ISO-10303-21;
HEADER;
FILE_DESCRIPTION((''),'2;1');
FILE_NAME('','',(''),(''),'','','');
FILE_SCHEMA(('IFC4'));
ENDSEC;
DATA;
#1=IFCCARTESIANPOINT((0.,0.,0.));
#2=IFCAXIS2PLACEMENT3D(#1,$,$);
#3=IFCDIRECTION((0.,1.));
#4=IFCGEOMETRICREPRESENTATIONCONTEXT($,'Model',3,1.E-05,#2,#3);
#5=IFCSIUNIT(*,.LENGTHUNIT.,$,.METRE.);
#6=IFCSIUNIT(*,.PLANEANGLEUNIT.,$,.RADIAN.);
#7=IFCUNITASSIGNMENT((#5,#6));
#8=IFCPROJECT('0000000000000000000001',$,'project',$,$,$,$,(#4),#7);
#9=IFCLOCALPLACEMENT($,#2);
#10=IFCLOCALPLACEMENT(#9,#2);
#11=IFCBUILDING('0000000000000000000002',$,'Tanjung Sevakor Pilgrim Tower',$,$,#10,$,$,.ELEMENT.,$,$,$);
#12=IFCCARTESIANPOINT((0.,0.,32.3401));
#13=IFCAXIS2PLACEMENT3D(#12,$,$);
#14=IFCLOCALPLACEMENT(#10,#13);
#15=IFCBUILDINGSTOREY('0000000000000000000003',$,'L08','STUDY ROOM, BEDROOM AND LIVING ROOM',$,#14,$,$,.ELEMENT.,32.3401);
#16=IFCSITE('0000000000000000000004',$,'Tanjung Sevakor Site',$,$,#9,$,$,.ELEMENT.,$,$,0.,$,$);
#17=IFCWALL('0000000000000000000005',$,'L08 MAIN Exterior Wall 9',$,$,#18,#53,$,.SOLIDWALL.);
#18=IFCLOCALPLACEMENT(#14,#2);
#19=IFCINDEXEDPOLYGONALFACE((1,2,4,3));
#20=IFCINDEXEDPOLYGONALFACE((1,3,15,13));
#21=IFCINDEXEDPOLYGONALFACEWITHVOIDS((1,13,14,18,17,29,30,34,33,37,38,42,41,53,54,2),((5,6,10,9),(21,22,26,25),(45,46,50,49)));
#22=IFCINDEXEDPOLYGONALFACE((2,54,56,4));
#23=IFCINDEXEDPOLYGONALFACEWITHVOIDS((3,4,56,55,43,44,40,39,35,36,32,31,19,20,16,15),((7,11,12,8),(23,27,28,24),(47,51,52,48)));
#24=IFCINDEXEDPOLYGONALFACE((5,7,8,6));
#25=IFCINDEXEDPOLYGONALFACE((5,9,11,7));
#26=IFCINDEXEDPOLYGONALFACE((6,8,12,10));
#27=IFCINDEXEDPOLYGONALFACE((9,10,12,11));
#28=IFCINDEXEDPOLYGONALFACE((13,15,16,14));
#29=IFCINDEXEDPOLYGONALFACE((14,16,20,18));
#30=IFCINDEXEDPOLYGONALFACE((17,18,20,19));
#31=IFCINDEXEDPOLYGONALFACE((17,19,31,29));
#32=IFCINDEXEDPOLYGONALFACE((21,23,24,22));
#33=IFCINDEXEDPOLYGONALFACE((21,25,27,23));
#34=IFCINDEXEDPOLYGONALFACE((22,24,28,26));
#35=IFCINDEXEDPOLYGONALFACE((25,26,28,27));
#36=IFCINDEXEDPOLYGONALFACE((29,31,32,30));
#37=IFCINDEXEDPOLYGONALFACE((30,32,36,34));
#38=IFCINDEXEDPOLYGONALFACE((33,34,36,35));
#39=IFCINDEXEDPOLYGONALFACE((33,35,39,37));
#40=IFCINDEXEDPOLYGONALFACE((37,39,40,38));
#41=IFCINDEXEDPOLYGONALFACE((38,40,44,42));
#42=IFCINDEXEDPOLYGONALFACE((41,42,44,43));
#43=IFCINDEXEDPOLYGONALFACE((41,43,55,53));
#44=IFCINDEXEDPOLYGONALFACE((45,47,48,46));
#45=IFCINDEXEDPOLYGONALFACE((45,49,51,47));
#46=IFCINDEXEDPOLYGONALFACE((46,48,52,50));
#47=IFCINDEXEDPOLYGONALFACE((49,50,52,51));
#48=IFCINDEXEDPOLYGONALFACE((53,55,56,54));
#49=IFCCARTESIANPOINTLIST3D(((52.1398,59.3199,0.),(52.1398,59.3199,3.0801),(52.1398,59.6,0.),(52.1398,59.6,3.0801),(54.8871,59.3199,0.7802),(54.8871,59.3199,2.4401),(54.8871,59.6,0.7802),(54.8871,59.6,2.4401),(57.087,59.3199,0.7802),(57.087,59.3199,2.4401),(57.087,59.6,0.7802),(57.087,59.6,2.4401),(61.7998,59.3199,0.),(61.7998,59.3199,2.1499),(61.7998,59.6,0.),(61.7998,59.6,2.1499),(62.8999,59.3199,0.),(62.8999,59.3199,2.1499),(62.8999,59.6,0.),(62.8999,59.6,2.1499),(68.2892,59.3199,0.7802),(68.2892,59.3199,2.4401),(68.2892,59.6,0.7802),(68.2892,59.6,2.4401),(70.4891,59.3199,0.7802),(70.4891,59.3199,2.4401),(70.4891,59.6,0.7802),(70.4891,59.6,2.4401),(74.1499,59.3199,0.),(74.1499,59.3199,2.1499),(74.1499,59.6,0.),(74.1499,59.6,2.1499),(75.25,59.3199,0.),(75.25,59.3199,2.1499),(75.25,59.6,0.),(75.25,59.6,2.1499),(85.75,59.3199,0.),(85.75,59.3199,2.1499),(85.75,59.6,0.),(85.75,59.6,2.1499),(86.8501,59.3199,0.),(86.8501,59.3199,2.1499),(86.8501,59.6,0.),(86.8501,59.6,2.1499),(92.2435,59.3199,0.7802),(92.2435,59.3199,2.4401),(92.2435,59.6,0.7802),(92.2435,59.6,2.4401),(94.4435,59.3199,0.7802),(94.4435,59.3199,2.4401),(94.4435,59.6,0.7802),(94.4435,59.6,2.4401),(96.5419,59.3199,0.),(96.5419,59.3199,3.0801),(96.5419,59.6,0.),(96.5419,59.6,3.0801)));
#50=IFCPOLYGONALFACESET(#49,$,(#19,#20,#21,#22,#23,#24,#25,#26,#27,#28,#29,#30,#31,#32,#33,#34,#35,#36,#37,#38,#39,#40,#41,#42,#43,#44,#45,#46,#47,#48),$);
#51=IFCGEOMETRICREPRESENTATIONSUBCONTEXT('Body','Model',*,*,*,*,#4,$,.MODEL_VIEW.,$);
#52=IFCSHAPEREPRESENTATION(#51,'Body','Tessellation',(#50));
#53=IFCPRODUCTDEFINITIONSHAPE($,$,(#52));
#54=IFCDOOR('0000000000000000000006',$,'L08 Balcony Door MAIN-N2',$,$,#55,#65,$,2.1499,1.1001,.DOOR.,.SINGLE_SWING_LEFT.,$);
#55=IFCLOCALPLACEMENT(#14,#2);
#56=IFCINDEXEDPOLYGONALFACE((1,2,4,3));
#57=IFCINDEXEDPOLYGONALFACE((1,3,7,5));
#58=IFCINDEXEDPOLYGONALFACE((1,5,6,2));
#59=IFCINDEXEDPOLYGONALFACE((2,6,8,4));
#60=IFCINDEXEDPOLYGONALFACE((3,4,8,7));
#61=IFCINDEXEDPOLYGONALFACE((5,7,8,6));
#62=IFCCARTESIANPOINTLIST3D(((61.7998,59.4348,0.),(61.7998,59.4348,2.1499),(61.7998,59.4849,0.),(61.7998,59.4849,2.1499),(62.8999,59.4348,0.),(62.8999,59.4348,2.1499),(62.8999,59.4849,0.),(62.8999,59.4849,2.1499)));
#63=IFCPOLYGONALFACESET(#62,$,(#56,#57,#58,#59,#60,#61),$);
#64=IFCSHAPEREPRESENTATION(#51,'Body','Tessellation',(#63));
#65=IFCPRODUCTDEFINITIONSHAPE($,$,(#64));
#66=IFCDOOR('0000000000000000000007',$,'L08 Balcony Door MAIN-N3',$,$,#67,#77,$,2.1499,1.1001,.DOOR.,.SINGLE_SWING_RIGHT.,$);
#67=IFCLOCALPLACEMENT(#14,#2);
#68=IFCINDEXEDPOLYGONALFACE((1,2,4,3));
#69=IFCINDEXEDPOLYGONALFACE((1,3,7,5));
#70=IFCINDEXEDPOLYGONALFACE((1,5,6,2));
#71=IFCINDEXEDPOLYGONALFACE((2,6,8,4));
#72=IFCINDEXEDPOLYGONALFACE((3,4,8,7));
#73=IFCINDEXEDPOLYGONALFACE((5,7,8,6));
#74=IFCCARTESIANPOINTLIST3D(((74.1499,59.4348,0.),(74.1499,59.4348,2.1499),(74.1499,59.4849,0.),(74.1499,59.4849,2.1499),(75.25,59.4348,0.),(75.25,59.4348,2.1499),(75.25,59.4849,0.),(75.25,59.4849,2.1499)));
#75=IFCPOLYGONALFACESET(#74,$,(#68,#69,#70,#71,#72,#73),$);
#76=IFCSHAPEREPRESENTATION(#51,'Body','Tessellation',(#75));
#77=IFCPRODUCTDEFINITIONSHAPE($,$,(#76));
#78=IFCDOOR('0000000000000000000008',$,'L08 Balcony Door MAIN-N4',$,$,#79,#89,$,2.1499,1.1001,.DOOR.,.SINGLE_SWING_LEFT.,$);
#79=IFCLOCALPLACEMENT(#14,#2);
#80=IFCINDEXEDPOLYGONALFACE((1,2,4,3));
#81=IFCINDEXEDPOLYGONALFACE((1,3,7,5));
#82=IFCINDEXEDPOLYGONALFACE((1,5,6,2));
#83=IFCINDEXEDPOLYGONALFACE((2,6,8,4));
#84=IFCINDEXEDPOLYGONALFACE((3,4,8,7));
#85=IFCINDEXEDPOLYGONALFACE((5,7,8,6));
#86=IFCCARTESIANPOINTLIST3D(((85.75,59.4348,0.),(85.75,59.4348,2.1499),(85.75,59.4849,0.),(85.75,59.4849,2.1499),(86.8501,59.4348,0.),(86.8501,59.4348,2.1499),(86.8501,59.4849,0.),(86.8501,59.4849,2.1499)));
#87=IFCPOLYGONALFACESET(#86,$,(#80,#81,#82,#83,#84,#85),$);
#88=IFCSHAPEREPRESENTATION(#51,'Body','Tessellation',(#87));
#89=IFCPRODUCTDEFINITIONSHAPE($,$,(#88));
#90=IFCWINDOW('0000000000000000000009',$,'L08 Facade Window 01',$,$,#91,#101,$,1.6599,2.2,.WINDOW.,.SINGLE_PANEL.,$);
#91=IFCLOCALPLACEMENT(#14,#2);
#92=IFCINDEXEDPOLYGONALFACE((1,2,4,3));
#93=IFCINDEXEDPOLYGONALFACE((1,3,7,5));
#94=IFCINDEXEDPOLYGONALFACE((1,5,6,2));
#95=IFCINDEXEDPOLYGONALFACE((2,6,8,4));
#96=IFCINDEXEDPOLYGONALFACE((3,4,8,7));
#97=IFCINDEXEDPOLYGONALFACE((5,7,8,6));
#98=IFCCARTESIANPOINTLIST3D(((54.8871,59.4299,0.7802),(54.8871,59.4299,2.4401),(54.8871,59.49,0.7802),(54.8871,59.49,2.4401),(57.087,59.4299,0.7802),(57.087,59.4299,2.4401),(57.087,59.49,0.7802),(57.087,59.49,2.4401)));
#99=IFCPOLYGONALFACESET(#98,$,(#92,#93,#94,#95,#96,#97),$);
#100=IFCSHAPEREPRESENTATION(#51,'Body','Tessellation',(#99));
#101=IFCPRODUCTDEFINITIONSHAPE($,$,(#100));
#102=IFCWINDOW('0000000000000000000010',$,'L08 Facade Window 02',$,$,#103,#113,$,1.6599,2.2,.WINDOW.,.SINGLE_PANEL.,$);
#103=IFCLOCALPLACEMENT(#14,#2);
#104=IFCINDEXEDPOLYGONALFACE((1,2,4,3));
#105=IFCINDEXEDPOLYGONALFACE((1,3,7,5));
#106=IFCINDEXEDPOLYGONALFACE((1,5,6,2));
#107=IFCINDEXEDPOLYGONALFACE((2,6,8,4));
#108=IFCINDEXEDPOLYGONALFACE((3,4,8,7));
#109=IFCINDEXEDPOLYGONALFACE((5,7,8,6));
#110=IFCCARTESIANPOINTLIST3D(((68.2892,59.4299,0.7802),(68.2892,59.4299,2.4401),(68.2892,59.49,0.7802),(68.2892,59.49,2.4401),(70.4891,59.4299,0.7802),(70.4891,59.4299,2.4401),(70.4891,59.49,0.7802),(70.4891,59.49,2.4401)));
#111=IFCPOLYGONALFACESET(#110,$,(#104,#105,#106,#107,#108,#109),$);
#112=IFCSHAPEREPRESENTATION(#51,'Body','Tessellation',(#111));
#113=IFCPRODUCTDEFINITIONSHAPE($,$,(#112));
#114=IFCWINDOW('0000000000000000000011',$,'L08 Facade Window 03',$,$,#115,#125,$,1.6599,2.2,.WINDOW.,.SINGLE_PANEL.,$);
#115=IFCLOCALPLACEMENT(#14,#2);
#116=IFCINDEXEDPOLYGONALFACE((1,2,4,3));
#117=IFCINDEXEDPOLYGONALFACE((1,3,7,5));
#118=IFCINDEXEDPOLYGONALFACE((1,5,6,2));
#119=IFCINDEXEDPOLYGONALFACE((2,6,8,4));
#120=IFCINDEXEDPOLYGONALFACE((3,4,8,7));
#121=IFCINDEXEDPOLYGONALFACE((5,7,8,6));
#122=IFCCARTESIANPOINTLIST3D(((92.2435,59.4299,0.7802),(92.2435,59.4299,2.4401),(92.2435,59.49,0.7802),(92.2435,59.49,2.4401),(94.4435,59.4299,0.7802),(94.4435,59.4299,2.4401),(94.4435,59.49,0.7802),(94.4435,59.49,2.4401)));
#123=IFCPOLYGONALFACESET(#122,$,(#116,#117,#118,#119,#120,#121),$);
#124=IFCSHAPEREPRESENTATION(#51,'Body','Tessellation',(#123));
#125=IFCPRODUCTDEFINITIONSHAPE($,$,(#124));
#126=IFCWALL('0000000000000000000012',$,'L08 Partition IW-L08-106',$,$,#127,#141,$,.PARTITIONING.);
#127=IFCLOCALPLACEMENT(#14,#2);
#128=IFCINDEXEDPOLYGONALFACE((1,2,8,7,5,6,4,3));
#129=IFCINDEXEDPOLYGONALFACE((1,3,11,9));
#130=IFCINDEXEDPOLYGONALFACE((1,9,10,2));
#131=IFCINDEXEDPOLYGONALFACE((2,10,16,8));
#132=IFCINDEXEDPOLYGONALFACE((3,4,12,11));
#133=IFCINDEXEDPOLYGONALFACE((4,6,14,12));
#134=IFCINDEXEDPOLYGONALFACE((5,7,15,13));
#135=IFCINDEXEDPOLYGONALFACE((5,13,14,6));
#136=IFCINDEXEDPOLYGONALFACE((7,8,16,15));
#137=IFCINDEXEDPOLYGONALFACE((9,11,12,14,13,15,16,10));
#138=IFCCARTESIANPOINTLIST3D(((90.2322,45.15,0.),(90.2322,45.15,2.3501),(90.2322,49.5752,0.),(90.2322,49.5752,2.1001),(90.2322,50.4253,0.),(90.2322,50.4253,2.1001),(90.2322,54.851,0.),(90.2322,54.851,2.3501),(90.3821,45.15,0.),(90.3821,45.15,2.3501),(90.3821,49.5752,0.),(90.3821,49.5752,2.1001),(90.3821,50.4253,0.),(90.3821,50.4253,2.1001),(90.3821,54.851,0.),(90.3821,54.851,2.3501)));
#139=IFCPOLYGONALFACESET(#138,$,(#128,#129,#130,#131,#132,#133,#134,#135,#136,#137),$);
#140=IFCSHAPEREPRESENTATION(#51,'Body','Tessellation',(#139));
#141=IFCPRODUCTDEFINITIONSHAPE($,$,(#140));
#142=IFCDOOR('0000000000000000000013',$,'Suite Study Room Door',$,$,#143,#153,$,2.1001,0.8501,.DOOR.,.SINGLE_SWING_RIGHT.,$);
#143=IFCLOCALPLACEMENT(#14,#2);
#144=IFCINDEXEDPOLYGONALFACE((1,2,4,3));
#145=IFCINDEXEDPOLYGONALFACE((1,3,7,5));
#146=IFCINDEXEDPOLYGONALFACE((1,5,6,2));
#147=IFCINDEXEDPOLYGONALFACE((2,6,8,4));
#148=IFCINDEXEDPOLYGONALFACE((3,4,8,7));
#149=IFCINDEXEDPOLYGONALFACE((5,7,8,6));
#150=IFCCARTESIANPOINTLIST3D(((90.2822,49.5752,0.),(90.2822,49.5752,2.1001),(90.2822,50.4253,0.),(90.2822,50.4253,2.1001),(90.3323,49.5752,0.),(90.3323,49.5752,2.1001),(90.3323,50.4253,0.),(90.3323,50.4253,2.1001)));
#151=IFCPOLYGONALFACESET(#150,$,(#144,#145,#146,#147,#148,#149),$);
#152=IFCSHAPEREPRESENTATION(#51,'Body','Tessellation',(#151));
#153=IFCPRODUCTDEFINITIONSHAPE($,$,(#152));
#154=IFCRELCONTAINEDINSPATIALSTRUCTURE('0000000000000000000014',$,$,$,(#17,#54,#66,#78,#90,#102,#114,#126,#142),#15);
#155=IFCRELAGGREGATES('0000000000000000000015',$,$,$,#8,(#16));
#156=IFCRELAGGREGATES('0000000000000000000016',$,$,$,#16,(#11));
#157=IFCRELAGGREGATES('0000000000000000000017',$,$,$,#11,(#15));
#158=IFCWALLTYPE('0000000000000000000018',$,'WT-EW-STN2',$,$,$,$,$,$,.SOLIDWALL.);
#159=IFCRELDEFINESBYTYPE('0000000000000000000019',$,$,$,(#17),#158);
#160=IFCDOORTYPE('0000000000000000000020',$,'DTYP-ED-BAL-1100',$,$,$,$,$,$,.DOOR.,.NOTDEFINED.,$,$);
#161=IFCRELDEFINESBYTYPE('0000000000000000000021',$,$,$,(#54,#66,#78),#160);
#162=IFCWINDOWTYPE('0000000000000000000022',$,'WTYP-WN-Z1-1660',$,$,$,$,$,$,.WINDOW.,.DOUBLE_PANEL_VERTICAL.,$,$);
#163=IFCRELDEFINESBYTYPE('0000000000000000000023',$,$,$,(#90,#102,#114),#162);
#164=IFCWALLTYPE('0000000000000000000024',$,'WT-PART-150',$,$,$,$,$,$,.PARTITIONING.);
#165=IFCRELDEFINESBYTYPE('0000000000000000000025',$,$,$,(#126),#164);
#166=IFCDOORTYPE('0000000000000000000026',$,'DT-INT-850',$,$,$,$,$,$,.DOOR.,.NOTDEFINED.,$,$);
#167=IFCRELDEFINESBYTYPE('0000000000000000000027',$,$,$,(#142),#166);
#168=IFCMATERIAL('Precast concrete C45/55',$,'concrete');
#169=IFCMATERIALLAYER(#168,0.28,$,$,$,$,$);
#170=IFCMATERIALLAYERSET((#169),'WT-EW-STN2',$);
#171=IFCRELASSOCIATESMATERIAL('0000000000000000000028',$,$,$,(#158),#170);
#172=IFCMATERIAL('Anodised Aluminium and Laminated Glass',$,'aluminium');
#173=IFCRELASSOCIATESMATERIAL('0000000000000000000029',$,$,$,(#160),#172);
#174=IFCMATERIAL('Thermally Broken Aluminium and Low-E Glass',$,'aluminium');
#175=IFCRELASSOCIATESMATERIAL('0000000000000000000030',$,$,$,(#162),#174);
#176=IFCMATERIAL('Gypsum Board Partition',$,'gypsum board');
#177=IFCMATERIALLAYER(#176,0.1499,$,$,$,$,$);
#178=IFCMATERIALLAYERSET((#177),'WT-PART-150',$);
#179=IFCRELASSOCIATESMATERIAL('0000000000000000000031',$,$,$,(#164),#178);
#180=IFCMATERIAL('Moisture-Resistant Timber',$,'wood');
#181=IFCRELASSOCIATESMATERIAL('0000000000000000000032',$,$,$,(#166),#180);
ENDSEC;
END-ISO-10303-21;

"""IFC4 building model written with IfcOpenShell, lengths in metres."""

from ifc_helpers import new_model, si_unit, direction, frame, frame_2d, origin, place, context, subcontext, project, spatial, rectangle, extrude, material, layer, layer_set, type_object, element, fill, save


model = new_model("IFC4")

# Units and contexts
model_context = context("Model", 3, precision=1e-05, world=origin(), true_north=direction((0.0, 1.0)))
body_context = subcontext(model_context, "Body", "Model", "MODEL_VIEW")
ifc_project = project(units=[si_unit("LENGTHUNIT", "METRE"), si_unit("PLANEANGLEUNIT", "RADIAN")], contexts=[model_context])

# Site, building, storey
site_placement = place(None, origin())
site = spatial("IfcSite", under=ifc_project, at=site_placement, Name="Tanjung Sevakor Site", CompositionType="ELEMENT", RefElevation=0.0)
building_placement = place(site_placement, origin())
building = spatial("IfcBuilding", under=site, at=building_placement, Name="Tanjung Sevakor Pilgrim Tower", CompositionType="ELEMENT")
storey_placement = place(building_placement, frame((0.0, 0.0, 32.3401)))
storey = spatial("IfcBuildingStorey", under=building, at=storey_placement, Name="L08", Description="STUDY ROOM, BEDROOM AND LIVING ROOM", CompositionType="ELEMENT", Elevation=32.3401)

# Wall, openings, doors, windows
ifc_material_1 = material(Name="Precast concrete C45/55", Category="concrete")
ifc_layer_1 = layer(ifc_material_1, 0.28)
ifc_layer_set_1 = layer_set([ifc_layer_1], Name="WT-EW-STN2")
wall_type_1 = type_object("IfcWallType", Name="WT-EW-STN2", PredefinedType="SOLIDWALL", material=ifc_layer_set_1)
wall_1_placement = place(storey_placement, frame((96.542, 59.46, 0.0), z_axis=(0.0, 0.0, 1.0), x_axis=(-1.0, 0.0, 0.0)))
wall_1 = element("IfcWall", 1, at=wall_1_placement, inside=storey, type_object=wall_type_1, Name="L08 MAIN Exterior Wall 9", PredefinedType="SOLIDWALL", context=body_context, shape_type="SweptSolid", body=[
    extrude(rectangle(XDim=44.4021, YDim=0.28, at=frame_2d((22.2012, 0.0))), origin(), (0.0, 0.0, 1.0), 3.0801),
])
opening_1_placement = place(wall_1_placement, frame((33.6421, 0.0, 0.0)))
opening_1 = element("IfcOpeningElement", 2, at=opening_1_placement, cuts=wall_1, PredefinedType="OPENING", context=body_context, shape_type="SweptSolid", body=[
    extrude(rectangle(XDim=1.1001, YDim=2.1499, at=frame_2d((0.55, 1.075))), frame((0.0, 0.1499, 0.0), z_axis=(0.0, -1.0, 0.0), x_axis=(1.0, 0.0, 0.0)), (0.0, 0.0, 1.0), 0.3),
])
opening_2_placement = place(wall_1_placement, frame((21.292, 0.0, 0.0)))
opening_2 = element("IfcOpeningElement", 3, at=opening_2_placement, cuts=wall_1, PredefinedType="OPENING", context=body_context, shape_type="SweptSolid", body=[
    extrude(rectangle(XDim=1.1001, YDim=2.1499, at=frame_2d((0.55, 1.075))), frame((0.0, 0.1499, 0.0), z_axis=(0.0, -1.0, 0.0), x_axis=(1.0, 0.0, 0.0)), (0.0, 0.0, 1.0), 0.3),
])
opening_3_placement = place(wall_1_placement, frame((9.6919, 0.0, 0.0)))
opening_3 = element("IfcOpeningElement", 4, at=opening_3_placement, cuts=wall_1, PredefinedType="OPENING", context=body_context, shape_type="SweptSolid", body=[
    extrude(rectangle(XDim=1.1001, YDim=2.1499, at=frame_2d((0.55, 1.075))), frame((0.0, 0.1499, 0.0), z_axis=(0.0, -1.0, 0.0), x_axis=(1.0, 0.0, 0.0)), (0.0, 0.0, 1.0), 0.3),
])
opening_4_placement = place(wall_1_placement, frame((39.4548, 0.0, 0.78)))
opening_4 = element("IfcOpeningElement", 5, at=opening_4_placement, cuts=wall_1, PredefinedType="OPENING", context=body_context, shape_type="SweptSolid", body=[
    extrude(rectangle(XDim=2.2, YDim=1.6599, at=frame_2d((1.1001, 0.8301))), frame((0.0, 0.1499, 0.0), z_axis=(0.0, -1.0, 0.0), x_axis=(1.0, 0.0, 0.0)), (0.0, 0.0, 1.0), 0.3),
])
opening_5_placement = place(wall_1_placement, frame((26.0527, 0.0, 0.78)))
opening_5 = element("IfcOpeningElement", 6, at=opening_5_placement, cuts=wall_1, PredefinedType="OPENING", context=body_context, shape_type="SweptSolid", body=[
    extrude(rectangle(XDim=2.2, YDim=1.6599, at=frame_2d((1.1001, 0.8301))), frame((0.0, 0.1499, 0.0), z_axis=(0.0, -1.0, 0.0), x_axis=(1.0, 0.0, 0.0)), (0.0, 0.0, 1.0), 0.3),
])
opening_6_placement = place(wall_1_placement, frame((2.0984, 0.0, 0.78)))
opening_6 = element("IfcOpeningElement", 7, at=opening_6_placement, cuts=wall_1, PredefinedType="OPENING", context=body_context, shape_type="SweptSolid", body=[
    extrude(rectangle(XDim=2.2, YDim=1.6599, at=frame_2d((1.1001, 0.8301))), frame((0.0, 0.1499, 0.0), z_axis=(0.0, -1.0, 0.0), x_axis=(1.0, 0.0, 0.0)), (0.0, 0.0, 1.0), 0.3),
])
ifc_material_2 = material(Name="Anodised Aluminium and Laminated Glass", Category="aluminium")
door_type_1 = type_object("IfcDoorType", Name="DTYP-ED-BAL-1100", OperationType="NOTDEFINED", PredefinedType="DOOR", material=ifc_material_2)
door_1_placement = place(opening_1_placement, frame((1.1001, 0.0, 0.0), z_axis=(0.0, 0.0, 1.0), x_axis=(-1.0, 0.0, 0.0)))
door_1 = element("IfcDoor", 8, at=door_1_placement, inside=storey, type_object=door_type_1, Name="L08 Balcony Door MAIN-N2", OperationType="SINGLE_SWING_LEFT", OverallHeight=2.1499, OverallWidth=1.1001, PredefinedType="DOOR", context=body_context, shape_type="SweptSolid", body=[
    extrude(rectangle(XDim=1.1001, YDim=2.1499, at=frame_2d((0.55, 1.075))), frame((0.0, 0.0249, 0.0), z_axis=(0.0, -1.0, 0.0), x_axis=(1.0, 0.0, 0.0)), (0.0, 0.0, 1.0), 0.05),
])
fill(opening_1, door_1)
door_2_placement = place(opening_2_placement, frame((1.1001, 0.0, 0.0), z_axis=(0.0, 0.0, 1.0), x_axis=(-1.0, 0.0, 0.0)))
door_2 = element("IfcDoor", 9, at=door_2_placement, inside=storey, type_object=door_type_1, Name="L08 Balcony Door MAIN-N3", OperationType="SINGLE_SWING_RIGHT", OverallHeight=2.1499, OverallWidth=1.1001, PredefinedType="DOOR", context=body_context, shape_type="SweptSolid", body=[
    extrude(rectangle(XDim=1.1001, YDim=2.1499, at=frame_2d((0.55, 1.075))), frame((0.0, 0.0249, 0.0), z_axis=(0.0, -1.0, 0.0), x_axis=(1.0, 0.0, 0.0)), (0.0, 0.0, 1.0), 0.05),
])
fill(opening_2, door_2)
door_3_placement = place(opening_3_placement, frame((1.1001, 0.0, 0.0), z_axis=(0.0, 0.0, 1.0), x_axis=(-1.0, 0.0, 0.0)))
door_3 = element("IfcDoor", 10, at=door_3_placement, inside=storey, type_object=door_type_1, Name="L08 Balcony Door MAIN-N4", OperationType="SINGLE_SWING_LEFT", OverallHeight=2.1499, OverallWidth=1.1001, PredefinedType="DOOR", context=body_context, shape_type="SweptSolid", body=[
    extrude(rectangle(XDim=1.1001, YDim=2.1499, at=frame_2d((0.55, 1.075))), frame((0.0, 0.0249, 0.0), z_axis=(0.0, -1.0, 0.0), x_axis=(1.0, 0.0, 0.0)), (0.0, 0.0, 1.0), 0.05),
])
fill(opening_3, door_3)
ifc_material_3 = material(Name="Thermally Broken Aluminium and Low-E Glass", Category="aluminium")
window_type = type_object("IfcWindowType", Name="WTYP-WN-Z1-1660", PartitioningType="DOUBLE_PANEL_VERTICAL", PredefinedType="WINDOW", material=ifc_material_3)
window_1_placement = place(opening_4_placement, origin())
window_1 = element("IfcWindow", 11, at=window_1_placement, inside=storey, type_object=window_type, Name="L08 Facade Window 01", OverallHeight=1.6599, OverallWidth=2.2, PartitioningType="SINGLE_PANEL", PredefinedType="WINDOW", context=body_context, shape_type="SweptSolid", body=[
    extrude(rectangle(XDim=2.2, YDim=1.6599, at=frame_2d((1.1001, 0.8301))), frame((0.0, 0.03, 0.0), z_axis=(0.0, -1.0, 0.0), x_axis=(1.0, 0.0, 0.0)), (0.0, 0.0, 1.0), 0.0601),
])
fill(opening_4, window_1)
window_2_placement = place(opening_5_placement, origin())
window_2 = element("IfcWindow", 12, at=window_2_placement, inside=storey, type_object=window_type, Name="L08 Facade Window 02", OverallHeight=1.6599, OverallWidth=2.2, PartitioningType="SINGLE_PANEL", PredefinedType="WINDOW", context=body_context, shape_type="SweptSolid", body=[
    extrude(rectangle(XDim=2.2, YDim=1.6599, at=frame_2d((1.1001, 0.8301))), frame((0.0, 0.03, 0.0), z_axis=(0.0, -1.0, 0.0), x_axis=(1.0, 0.0, 0.0)), (0.0, 0.0, 1.0), 0.0601),
])
fill(opening_5, window_2)
window_3_placement = place(opening_6_placement, origin())
window_3 = element("IfcWindow", 13, at=window_3_placement, inside=storey, type_object=window_type, Name="L08 Facade Window 03", OverallHeight=1.6599, OverallWidth=2.2, PartitioningType="SINGLE_PANEL", PredefinedType="WINDOW", context=body_context, shape_type="SweptSolid", body=[
    extrude(rectangle(XDim=2.2, YDim=1.6599, at=frame_2d((1.1001, 0.8301))), frame((0.0, 0.03, 0.0), z_axis=(0.0, -1.0, 0.0), x_axis=(1.0, 0.0, 0.0)), (0.0, 0.0, 1.0), 0.0601),
])
fill(opening_6, window_3)

# Wall, opening, door
ifc_material_4 = material(Name="Gypsum Board Partition", Category="gypsum board")
ifc_layer_2 = layer(ifc_material_4, 0.1499)
ifc_layer_set_2 = layer_set([ifc_layer_2], Name="WT-PART-150")
wall_type_2 = type_object("IfcWallType", Name="WT-PART-150", PredefinedType="PARTITIONING", material=ifc_layer_set_2)
wall_2_placement = place(storey_placement, frame((90.3071, 45.1499, 0.0), z_axis=(0.0, 0.0, 1.0), x_axis=(0.0, 1.0, 0.0)))
wall_2 = element("IfcWall", 14, at=wall_2_placement, inside=storey, type_object=wall_type_2, Name="L08 Partition IW-L08-106", PredefinedType="PARTITIONING", context=body_context, shape_type="SweptSolid", body=[
    extrude(rectangle(XDim=9.7009, YDim=0.1499, at=frame_2d((4.8506, 0.0))), origin(), (0.0, 0.0, 1.0), 2.3501),
])
opening_7_placement = place(wall_2_placement, frame((4.4253, 0.0, 0.0)))
opening_7 = element("IfcOpeningElement", 15, at=opening_7_placement, cuts=wall_2, PredefinedType="OPENING", context=body_context, shape_type="SweptSolid", body=[
    extrude(rectangle(XDim=0.8501, YDim=2.1001, at=frame_2d((0.425, 1.05))), frame((0.0, 0.085, 0.0), z_axis=(0.0, -1.0, 0.0), x_axis=(1.0, 0.0, 0.0)), (0.0, 0.0, 1.0), 0.1699),
])
ifc_material_5 = material(Name="Moisture-Resistant Timber", Category="wood")
door_type_2 = type_object("IfcDoorType", Name="DT-INT-850", OperationType="NOTDEFINED", PredefinedType="DOOR", material=ifc_material_5)
door_4_placement = place(opening_7_placement, origin())
door_4 = element("IfcDoor", 16, at=door_4_placement, inside=storey, type_object=door_type_2, Name="Suite Study Room Door", OperationType="SINGLE_SWING_RIGHT", OverallHeight=2.1001, OverallWidth=0.8501, PredefinedType="DOOR", context=body_context, shape_type="SweptSolid", body=[
    extrude(rectangle(XDim=0.8501, YDim=2.1001, at=frame_2d((0.425, 1.05))), frame((0.0, 0.0249, 0.0), z_axis=(0.0, -1.0, 0.0), x_axis=(1.0, 0.0, 0.0)), (0.0, 0.0, 1.0), 0.05),
])
fill(opening_7, door_4)

save(model, "model.ifc")
